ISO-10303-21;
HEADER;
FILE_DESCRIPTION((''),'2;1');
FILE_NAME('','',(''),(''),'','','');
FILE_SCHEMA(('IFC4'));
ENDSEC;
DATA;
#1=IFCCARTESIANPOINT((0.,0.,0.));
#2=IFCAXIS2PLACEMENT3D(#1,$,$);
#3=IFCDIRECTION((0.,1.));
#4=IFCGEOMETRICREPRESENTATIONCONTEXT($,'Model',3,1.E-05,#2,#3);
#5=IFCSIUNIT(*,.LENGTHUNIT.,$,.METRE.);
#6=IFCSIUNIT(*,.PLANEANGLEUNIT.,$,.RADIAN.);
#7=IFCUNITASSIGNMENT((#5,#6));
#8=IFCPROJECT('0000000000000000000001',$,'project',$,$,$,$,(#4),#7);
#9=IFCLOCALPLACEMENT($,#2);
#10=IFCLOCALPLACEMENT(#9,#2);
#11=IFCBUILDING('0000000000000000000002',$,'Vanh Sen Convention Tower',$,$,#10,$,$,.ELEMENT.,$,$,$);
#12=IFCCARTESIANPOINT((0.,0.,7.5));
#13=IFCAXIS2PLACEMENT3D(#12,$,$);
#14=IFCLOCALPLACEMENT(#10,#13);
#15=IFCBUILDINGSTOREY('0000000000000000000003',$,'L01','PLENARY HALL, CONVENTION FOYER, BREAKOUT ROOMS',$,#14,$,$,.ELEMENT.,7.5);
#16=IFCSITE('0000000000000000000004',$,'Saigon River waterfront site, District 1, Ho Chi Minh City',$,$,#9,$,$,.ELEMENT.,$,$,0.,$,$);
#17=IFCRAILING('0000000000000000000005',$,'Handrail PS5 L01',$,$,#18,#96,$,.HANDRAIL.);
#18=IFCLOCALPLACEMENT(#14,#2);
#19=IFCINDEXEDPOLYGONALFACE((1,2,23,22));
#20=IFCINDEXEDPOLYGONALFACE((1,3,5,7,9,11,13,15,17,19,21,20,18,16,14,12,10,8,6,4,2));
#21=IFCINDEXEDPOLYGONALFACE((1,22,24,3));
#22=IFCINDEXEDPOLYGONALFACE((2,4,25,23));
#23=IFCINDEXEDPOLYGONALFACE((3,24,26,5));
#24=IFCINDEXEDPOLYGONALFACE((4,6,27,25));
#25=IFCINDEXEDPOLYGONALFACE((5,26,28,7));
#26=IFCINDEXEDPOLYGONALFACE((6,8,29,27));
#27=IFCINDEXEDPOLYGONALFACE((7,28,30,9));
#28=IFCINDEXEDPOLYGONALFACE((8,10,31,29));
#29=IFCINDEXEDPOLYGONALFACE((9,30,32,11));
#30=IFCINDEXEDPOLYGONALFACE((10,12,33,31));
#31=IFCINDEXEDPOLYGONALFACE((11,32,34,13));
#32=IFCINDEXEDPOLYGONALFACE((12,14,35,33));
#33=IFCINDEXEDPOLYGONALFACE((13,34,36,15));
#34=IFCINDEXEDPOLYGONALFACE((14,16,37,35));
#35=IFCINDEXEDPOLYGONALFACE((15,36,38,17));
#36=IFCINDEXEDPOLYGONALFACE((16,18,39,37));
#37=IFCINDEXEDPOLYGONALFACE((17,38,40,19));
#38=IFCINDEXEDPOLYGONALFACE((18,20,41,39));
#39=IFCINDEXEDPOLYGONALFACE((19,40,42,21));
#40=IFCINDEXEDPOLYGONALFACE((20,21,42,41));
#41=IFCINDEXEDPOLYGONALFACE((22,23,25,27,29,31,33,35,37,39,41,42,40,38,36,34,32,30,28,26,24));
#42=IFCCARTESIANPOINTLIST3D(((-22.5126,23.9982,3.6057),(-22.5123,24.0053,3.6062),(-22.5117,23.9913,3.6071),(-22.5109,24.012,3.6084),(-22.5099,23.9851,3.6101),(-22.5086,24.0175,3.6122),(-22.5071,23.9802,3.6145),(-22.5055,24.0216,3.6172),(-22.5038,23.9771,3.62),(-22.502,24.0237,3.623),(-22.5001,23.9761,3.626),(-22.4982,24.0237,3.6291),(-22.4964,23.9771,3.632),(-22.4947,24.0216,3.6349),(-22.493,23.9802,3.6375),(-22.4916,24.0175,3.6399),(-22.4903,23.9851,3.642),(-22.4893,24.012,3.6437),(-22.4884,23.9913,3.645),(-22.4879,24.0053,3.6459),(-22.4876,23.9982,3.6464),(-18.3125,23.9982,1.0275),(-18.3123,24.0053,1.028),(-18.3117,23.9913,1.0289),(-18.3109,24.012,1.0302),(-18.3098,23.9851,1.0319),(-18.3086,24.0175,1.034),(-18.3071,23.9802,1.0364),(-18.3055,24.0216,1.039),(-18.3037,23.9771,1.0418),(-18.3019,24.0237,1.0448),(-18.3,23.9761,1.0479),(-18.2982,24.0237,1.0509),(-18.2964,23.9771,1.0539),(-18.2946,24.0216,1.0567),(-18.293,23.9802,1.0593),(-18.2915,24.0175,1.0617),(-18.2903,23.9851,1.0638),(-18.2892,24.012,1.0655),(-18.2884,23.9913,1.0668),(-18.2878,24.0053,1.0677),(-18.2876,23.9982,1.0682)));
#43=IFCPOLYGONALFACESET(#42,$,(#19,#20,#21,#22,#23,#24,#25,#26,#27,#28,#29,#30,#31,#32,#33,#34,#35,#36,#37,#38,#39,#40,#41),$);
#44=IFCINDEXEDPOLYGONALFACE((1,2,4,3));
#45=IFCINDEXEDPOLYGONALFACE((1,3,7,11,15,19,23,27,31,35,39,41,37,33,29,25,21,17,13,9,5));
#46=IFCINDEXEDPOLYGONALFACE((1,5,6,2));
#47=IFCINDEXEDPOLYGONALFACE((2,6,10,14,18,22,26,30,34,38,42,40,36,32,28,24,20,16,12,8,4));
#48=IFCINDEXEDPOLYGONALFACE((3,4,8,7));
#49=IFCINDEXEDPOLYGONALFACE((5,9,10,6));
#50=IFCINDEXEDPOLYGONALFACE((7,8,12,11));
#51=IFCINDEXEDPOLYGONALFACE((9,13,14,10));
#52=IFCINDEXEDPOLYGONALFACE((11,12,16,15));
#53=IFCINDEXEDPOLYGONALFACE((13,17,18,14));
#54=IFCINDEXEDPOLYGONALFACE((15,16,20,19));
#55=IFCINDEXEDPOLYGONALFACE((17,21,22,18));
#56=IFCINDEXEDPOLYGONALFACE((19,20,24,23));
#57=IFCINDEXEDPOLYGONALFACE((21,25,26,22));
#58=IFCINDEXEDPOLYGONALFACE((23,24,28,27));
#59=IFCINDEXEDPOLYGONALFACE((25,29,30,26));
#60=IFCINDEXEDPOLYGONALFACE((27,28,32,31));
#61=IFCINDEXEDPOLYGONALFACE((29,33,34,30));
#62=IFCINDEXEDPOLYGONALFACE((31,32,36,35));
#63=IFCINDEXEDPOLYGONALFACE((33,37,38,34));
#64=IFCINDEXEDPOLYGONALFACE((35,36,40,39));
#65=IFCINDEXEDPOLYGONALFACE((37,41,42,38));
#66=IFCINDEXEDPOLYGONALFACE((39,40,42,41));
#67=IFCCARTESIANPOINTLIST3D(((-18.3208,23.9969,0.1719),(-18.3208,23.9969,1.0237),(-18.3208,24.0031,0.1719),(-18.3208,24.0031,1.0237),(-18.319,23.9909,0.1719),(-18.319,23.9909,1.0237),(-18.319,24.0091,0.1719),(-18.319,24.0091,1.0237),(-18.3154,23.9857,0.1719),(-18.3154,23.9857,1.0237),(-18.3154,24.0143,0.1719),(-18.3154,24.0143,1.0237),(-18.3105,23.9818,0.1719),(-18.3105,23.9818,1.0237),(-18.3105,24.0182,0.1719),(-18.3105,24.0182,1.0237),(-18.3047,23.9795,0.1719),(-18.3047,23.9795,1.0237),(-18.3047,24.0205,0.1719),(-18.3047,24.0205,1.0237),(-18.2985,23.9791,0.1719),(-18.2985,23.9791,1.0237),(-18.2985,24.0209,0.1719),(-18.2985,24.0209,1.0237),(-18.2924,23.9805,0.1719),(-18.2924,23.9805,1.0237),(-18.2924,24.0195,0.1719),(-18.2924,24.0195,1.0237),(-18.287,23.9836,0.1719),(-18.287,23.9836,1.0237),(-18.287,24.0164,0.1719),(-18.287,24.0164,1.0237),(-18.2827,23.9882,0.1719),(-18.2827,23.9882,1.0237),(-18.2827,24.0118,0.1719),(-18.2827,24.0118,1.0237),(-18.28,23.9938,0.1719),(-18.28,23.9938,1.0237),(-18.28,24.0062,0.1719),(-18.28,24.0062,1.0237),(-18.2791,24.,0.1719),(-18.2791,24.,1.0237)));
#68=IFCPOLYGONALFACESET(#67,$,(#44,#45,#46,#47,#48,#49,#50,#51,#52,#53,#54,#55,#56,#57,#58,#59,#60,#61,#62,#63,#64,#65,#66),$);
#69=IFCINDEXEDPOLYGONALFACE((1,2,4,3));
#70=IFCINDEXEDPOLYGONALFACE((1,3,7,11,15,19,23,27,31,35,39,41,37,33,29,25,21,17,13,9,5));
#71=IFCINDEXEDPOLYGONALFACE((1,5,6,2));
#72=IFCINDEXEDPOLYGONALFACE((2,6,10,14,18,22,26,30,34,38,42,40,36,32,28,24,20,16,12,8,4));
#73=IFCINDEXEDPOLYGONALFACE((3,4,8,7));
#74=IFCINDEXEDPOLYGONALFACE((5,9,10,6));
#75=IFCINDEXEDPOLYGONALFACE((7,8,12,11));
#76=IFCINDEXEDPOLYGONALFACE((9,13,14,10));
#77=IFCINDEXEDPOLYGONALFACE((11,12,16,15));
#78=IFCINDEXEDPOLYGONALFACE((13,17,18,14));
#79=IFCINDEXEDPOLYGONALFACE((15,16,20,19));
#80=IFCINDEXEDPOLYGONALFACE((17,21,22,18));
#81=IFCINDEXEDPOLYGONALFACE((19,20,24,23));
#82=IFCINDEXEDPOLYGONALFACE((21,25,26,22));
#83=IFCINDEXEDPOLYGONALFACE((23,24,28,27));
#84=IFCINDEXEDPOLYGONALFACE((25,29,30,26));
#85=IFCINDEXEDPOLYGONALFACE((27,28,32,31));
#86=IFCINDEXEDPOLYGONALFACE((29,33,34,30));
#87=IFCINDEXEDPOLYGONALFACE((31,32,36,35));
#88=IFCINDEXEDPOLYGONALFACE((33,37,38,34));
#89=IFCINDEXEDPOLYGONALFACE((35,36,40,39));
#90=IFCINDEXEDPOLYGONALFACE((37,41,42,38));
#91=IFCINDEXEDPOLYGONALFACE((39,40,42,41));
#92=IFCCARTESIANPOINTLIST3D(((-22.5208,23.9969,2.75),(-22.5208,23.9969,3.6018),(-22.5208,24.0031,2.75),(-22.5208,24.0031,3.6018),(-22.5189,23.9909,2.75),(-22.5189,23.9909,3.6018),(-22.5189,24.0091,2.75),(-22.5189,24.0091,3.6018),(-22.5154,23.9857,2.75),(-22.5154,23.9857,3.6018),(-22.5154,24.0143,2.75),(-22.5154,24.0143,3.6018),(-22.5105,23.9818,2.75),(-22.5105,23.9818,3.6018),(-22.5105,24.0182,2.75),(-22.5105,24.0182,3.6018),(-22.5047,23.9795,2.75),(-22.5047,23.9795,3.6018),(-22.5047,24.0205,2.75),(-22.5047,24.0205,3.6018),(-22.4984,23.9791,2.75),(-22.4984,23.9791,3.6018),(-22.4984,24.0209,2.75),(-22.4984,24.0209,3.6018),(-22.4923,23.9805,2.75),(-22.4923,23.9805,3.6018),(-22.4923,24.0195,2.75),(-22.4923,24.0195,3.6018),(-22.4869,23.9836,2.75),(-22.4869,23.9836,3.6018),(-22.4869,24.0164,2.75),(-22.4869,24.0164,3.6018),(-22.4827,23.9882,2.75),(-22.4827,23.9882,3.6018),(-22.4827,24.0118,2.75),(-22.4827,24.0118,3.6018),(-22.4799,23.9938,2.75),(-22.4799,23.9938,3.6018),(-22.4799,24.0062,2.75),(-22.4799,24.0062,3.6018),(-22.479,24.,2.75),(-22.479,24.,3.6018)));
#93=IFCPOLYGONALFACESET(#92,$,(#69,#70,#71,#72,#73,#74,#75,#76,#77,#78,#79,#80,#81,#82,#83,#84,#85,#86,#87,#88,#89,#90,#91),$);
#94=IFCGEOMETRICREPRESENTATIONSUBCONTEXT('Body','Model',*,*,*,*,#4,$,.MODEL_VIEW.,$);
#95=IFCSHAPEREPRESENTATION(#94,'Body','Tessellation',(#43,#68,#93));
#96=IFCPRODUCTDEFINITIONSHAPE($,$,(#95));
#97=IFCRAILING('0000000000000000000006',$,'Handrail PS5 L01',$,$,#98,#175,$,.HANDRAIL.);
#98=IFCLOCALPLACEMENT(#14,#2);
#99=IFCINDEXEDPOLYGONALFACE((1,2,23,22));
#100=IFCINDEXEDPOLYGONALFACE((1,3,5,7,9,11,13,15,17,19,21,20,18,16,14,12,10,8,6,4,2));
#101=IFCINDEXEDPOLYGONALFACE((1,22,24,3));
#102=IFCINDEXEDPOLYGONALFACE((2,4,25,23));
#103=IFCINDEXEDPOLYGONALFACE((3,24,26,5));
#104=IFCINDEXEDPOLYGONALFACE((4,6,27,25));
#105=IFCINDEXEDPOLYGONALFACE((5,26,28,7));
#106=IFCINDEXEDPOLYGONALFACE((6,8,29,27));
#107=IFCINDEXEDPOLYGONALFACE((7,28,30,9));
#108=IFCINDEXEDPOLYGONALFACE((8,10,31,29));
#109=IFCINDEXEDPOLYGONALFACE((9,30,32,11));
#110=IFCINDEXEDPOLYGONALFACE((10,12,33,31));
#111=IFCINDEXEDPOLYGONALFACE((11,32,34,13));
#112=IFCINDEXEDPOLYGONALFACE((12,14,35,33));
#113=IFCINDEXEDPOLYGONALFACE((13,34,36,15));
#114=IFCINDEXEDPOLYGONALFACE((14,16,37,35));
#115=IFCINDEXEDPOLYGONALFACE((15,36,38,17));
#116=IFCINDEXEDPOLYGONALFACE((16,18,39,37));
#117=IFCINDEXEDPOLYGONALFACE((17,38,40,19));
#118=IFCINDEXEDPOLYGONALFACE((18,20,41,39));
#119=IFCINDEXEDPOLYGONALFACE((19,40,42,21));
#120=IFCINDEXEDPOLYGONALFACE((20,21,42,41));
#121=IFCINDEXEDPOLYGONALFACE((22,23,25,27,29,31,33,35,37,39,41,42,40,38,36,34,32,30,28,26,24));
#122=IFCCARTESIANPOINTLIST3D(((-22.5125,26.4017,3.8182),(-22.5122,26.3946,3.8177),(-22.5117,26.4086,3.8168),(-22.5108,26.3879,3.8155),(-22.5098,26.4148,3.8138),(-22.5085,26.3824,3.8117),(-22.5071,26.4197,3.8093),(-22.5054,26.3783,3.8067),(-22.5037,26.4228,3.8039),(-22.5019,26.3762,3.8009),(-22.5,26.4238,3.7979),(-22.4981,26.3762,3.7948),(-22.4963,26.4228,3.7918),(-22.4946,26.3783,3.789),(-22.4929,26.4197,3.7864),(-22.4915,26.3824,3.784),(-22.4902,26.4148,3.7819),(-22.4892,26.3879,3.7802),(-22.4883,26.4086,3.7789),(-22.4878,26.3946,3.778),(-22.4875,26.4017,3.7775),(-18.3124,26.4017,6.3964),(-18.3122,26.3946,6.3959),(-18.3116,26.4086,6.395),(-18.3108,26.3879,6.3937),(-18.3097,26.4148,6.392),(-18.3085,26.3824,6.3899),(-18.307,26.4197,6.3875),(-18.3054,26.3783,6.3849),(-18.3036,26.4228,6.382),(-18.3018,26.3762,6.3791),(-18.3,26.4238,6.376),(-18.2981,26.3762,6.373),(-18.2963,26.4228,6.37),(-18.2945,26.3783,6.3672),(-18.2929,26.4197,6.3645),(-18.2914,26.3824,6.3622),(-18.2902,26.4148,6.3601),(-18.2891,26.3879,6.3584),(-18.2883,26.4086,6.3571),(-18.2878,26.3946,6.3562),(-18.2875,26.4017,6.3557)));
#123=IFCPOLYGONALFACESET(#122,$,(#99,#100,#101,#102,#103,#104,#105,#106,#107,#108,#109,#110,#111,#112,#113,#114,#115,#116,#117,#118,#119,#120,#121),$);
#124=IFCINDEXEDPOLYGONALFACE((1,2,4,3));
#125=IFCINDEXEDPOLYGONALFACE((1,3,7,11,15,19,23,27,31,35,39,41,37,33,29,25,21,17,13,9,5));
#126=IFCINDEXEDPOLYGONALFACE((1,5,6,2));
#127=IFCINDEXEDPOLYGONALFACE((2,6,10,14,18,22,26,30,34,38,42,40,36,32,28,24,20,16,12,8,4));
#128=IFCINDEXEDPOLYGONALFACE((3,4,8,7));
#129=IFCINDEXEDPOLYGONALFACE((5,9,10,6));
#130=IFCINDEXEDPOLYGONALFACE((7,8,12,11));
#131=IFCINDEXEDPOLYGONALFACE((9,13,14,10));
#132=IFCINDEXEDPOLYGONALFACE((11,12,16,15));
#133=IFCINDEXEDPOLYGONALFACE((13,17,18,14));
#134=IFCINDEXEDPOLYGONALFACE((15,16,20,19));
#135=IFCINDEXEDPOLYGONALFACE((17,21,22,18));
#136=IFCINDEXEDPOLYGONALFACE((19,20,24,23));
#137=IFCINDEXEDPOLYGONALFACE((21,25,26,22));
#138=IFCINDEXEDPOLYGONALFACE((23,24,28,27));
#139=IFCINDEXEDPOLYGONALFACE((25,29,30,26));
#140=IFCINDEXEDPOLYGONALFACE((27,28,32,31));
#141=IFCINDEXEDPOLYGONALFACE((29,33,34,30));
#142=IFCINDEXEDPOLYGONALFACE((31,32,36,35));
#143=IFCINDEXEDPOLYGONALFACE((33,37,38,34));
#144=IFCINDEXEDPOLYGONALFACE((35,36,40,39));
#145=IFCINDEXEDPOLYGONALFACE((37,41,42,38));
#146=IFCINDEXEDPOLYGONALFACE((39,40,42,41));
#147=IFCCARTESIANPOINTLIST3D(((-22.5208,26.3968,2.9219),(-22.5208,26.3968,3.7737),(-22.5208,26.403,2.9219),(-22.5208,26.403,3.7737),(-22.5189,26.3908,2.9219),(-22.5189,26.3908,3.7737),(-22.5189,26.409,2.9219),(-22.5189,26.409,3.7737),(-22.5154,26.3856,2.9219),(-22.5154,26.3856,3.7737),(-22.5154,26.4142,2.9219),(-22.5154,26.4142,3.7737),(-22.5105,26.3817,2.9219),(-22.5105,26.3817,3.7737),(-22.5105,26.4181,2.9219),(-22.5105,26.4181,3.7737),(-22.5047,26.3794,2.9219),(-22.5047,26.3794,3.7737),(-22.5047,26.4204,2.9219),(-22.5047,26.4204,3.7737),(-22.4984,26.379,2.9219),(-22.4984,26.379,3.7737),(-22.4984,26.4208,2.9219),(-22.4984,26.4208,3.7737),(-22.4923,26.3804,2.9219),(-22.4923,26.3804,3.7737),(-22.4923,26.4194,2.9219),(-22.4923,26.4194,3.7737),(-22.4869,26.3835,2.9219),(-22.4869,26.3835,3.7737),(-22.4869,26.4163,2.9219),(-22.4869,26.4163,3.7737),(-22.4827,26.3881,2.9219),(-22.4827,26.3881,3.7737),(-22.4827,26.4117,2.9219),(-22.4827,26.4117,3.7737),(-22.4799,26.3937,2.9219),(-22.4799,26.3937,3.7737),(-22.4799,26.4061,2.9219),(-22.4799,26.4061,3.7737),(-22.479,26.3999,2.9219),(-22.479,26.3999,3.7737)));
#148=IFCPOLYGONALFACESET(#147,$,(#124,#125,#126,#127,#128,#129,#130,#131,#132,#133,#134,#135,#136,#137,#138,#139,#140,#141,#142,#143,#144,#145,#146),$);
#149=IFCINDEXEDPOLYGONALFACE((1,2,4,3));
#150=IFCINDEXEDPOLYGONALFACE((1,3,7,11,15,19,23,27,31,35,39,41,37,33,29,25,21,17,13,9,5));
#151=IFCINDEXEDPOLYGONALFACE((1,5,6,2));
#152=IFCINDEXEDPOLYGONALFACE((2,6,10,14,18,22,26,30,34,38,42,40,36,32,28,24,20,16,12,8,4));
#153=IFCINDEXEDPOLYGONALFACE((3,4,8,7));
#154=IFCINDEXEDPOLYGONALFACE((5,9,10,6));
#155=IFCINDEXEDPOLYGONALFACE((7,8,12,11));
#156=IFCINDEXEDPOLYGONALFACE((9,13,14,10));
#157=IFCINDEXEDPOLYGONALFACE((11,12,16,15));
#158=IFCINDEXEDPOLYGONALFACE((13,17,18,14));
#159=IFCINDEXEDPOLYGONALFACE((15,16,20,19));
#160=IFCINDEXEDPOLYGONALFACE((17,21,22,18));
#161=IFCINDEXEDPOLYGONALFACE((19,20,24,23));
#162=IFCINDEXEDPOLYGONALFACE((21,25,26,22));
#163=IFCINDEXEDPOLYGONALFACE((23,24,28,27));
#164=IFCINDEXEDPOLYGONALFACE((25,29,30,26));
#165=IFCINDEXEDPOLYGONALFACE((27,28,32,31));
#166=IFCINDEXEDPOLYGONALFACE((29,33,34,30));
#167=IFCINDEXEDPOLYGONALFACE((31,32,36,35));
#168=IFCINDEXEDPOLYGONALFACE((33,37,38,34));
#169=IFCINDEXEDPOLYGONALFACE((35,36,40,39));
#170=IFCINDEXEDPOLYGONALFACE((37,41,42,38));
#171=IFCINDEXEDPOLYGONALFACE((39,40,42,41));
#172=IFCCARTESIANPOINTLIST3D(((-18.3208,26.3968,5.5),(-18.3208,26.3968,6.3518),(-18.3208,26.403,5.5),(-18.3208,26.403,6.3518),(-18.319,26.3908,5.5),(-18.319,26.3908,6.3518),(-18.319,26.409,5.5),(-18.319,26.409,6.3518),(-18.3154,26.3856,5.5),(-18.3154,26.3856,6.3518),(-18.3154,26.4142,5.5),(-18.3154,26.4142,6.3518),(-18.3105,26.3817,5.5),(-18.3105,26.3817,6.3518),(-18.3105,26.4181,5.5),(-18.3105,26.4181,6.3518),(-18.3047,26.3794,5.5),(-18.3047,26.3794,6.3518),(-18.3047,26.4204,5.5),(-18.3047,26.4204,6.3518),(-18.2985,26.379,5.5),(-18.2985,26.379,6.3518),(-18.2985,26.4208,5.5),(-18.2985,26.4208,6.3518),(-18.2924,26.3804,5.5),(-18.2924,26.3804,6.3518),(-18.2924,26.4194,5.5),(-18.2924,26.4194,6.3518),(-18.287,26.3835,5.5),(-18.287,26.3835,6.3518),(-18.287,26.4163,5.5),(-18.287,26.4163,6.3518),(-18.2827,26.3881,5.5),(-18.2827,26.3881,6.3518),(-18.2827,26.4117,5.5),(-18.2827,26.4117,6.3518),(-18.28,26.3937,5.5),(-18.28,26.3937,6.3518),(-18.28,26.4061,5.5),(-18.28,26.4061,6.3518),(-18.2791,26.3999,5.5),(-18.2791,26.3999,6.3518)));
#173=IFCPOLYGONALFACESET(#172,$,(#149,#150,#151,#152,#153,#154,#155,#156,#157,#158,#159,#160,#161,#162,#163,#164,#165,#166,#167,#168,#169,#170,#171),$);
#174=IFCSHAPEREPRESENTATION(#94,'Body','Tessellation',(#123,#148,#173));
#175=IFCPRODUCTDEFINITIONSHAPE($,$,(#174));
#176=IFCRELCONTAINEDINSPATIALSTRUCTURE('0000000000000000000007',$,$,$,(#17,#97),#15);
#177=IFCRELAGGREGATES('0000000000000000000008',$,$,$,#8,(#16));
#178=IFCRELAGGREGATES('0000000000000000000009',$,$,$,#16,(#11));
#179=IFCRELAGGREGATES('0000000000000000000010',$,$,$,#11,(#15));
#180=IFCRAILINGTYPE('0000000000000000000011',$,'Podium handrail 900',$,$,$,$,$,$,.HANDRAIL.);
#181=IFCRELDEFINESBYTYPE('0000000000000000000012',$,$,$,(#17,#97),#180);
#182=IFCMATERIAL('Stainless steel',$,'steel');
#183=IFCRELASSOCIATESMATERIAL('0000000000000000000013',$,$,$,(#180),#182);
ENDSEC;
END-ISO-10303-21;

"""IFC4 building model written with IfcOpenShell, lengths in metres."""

from ifc_helpers import new_model, si_unit, direction, frame, origin, origin_2d, place, context, subcontext, project, spatial, circle, extrude, material, type_object, element, save


model = new_model("IFC4")

# Units and contexts
model_context = context("Model", 3, precision=1e-05, world=origin(), true_north=direction((0.0, 1.0)))
body_context = subcontext(model_context, "Body", "Model", "MODEL_VIEW")
ifc_project = project(units=[si_unit("LENGTHUNIT", "METRE"), si_unit("PLANEANGLEUNIT", "RADIAN")], contexts=[model_context])

# Site, building, storey
site_placement = place(None, origin())
site = spatial("IfcSite", under=ifc_project, at=site_placement, Name="Saigon River waterfront site, District 1, Ho Chi Minh City", CompositionType="ELEMENT", RefElevation=0.0)
building_placement = place(site_placement, origin())
building = spatial("IfcBuilding", under=site, at=building_placement, Name="Vanh Sen Convention Tower", CompositionType="ELEMENT")
storey_placement = place(building_placement, frame((0.0, 0.0, 7.5)))
storey = spatial("IfcBuildingStorey", under=building, at=storey_placement, Name="L01", Description="PLENARY HALL, CONVENTION FOYER, BREAKOUT ROOMS", CompositionType="ELEMENT", Elevation=7.5)

# Railings
ifc_material_1 = material(Name="Stainless steel", Category="steel")
railing_type = type_object("IfcRailingType", Name="Podium handrail 900", PredefinedType="HANDRAIL", material=ifc_material_1)
for number, where, name in (
    (1, (-18.3, 24.0, 0.1719), "Handrail PS5 L01"),
):
    element("IfcRailing", number, at=place(storey_placement, frame(where)), inside=storey, type_object=railing_type, Name=name, PredefinedType="HANDRAIL", context=body_context, shape_type="SweptSolid", body=[
        extrude(circle(Radius=0.0239, at=origin_2d()), frame((0.0, 0.0, 0.876), z_axis=(-0.852243, 0.0, 0.523146), x_axis=(0.0, -1.0, 0.0)), (0.0, 0.0, 1.0), 4.9282),
        extrude(circle(Radius=0.021, at=origin_2d()), origin(), (0.0, 0.0, 1.0), 0.8518),
        extrude(circle(Radius=0.021, at=origin_2d()), frame((-4.2, 0.0, 2.5781)), (0.0, 0.0, 1.0), 0.8518),
    ])
for number, where, name in (
    (2, (-22.5, 26.3999, 2.9219), "Handrail PS5 L01"),
):
    element("IfcRailing", number, at=place(storey_placement, frame(where)), inside=storey, type_object=railing_type, Name=name, PredefinedType="HANDRAIL", context=body_context, shape_type="SweptSolid", body=[
        extrude(circle(Radius=0.0239, at=origin_2d()), frame((0.0, 0.0, 0.876), z_axis=(0.852243, 0.0, 0.523146), x_axis=(0.0, 1.0, 0.0)), (0.0, 0.0, 1.0), 4.9282),
        extrude(circle(Radius=0.021, at=origin_2d()), origin(), (0.0, 0.0, 1.0), 0.8518),
        extrude(circle(Radius=0.021, at=origin_2d()), frame((4.2, 0.0, 2.5781)), (0.0, 0.0, 1.0), 0.8518),
    ])

save(model, "model.ifc")
